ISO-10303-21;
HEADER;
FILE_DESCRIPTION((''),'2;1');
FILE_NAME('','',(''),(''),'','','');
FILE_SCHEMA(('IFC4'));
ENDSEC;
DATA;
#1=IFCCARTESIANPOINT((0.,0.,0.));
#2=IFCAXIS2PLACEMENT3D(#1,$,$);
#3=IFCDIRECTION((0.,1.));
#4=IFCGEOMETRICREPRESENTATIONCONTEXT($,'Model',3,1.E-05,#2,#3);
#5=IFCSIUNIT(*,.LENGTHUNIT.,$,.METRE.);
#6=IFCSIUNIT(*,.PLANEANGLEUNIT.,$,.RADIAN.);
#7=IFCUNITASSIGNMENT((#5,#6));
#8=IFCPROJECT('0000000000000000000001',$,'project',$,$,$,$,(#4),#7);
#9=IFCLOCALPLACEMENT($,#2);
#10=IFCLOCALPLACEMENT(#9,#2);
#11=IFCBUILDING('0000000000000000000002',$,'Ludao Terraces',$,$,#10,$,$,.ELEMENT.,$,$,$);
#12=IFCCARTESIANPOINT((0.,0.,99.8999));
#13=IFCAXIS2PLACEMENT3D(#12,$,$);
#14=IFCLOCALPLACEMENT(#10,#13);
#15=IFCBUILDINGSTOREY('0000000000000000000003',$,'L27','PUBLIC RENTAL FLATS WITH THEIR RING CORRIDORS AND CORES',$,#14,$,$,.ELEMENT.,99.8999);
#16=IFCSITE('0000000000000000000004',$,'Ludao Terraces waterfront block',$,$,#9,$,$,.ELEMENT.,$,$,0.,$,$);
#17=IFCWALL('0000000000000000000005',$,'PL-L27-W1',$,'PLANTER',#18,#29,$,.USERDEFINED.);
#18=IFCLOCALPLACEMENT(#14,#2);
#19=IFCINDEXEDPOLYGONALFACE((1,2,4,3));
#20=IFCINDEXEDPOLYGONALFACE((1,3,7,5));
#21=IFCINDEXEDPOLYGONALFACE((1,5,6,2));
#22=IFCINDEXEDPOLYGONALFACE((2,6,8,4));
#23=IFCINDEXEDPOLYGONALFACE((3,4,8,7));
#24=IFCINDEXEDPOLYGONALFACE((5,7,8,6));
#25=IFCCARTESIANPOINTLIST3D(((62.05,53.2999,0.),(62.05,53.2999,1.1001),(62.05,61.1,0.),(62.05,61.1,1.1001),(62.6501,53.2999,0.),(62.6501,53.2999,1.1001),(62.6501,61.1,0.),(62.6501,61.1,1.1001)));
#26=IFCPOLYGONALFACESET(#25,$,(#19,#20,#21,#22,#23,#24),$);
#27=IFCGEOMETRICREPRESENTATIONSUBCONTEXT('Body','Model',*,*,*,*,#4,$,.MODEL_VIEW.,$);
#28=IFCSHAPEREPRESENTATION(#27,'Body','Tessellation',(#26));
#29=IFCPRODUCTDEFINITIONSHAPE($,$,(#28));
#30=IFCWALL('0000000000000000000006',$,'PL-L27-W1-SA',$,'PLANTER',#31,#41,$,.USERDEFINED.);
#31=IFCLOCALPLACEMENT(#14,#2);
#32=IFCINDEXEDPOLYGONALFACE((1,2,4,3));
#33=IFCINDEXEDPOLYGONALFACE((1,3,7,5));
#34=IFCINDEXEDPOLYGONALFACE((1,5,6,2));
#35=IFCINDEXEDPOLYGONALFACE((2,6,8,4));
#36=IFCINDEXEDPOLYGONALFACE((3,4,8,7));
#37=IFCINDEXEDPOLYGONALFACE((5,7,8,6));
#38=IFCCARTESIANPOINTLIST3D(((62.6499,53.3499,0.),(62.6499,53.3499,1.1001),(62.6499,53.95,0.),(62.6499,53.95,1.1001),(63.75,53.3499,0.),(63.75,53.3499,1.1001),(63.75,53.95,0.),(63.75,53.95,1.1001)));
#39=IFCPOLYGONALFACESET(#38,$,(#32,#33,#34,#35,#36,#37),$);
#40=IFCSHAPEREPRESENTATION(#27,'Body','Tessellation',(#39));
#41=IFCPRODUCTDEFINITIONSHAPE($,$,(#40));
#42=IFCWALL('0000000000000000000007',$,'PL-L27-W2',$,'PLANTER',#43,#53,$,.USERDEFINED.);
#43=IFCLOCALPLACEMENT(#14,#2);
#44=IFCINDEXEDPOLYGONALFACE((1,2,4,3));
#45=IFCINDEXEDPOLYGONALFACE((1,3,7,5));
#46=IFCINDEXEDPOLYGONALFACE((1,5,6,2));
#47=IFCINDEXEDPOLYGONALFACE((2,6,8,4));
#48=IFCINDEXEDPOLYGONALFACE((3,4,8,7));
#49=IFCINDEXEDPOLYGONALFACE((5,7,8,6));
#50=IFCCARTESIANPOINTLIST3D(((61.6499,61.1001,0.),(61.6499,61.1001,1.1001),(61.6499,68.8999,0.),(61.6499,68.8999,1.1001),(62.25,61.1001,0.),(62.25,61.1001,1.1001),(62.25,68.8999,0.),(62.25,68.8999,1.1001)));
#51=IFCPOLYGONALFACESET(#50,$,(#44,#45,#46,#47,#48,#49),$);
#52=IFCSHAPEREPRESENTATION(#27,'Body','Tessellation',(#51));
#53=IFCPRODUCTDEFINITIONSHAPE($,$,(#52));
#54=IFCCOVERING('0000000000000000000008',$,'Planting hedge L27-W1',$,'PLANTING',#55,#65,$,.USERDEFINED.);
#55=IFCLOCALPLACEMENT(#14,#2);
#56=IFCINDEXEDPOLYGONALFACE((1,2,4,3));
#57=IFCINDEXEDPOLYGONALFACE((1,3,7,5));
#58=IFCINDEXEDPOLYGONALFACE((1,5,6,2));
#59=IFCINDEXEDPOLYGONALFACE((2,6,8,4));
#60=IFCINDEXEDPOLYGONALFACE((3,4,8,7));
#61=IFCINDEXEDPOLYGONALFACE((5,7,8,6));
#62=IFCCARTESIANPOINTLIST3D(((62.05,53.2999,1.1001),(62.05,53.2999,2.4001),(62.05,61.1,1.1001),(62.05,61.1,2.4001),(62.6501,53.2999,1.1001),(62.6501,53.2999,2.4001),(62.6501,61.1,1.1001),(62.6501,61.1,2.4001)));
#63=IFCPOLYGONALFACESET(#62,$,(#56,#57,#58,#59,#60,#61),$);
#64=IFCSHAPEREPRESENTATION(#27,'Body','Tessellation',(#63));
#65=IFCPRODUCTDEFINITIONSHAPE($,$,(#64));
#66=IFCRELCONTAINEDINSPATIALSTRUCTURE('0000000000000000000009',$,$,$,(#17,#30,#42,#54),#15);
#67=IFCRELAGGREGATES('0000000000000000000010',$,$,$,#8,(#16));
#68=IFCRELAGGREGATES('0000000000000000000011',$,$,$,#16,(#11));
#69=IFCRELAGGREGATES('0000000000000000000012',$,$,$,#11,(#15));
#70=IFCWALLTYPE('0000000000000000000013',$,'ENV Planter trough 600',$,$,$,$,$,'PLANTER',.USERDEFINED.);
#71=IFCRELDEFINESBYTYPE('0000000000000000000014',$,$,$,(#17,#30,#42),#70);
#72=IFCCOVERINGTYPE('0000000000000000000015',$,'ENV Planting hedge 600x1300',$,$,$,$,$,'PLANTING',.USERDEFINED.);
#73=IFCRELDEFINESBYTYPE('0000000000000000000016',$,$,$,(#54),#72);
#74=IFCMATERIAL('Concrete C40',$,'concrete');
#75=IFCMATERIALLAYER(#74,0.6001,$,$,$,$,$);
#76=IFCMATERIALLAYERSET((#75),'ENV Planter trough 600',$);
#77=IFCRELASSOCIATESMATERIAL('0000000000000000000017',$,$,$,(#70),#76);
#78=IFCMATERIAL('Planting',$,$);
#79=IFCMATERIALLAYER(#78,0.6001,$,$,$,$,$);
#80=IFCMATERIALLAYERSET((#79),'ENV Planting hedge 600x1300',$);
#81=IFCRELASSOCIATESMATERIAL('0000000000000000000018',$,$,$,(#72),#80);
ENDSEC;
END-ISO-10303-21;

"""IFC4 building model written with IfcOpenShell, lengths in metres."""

from ifc_helpers import new_model, si_unit, direction, frame, frame_2d, origin, origin_2d, place, context, subcontext, project, spatial, rectangle, extrude, material, layer, layer_set, type_object, element, save


model = new_model("IFC4")

# Units and contexts
model_context = context("Model", 3, precision=1e-05, world=origin(), true_north=direction((0.0, 1.0)))
body_context = subcontext(model_context, "Body", "Model", "MODEL_VIEW")
ifc_project = project(units=[si_unit("LENGTHUNIT", "METRE"), si_unit("PLANEANGLEUNIT", "RADIAN")], contexts=[model_context])

# Site, building, storey
site_placement = place(None, origin())
site = spatial("IfcSite", under=ifc_project, at=site_placement, Name="Ludao Terraces waterfront block", CompositionType="ELEMENT", RefElevation=0.0)
building_placement = place(site_placement, origin())
building = spatial("IfcBuilding", under=site, at=building_placement, Name="Ludao Terraces", CompositionType="ELEMENT")
storey_placement = place(building_placement, frame((0.0, 0.0, 99.8999)))
storey = spatial("IfcBuildingStorey", under=building, at=storey_placement, Name="L27", Description="PUBLIC RENTAL FLATS WITH THEIR RING CORRIDORS AND CORES", CompositionType="ELEMENT", Elevation=99.8999)

# Shared definitions
ifc_material_1 = material(Name="Concrete C40", Category="concrete")

# Walls
ifc_layer_1 = layer(ifc_material_1, 0.6001)
ifc_layer_set_1 = layer_set([ifc_layer_1], Name="ENV Planter trough 600")
wall_type = type_object("IfcWallType", Name="ENV Planter trough 600", ElementType="PLANTER", PredefinedType="USERDEFINED", material=ifc_layer_set_1)
wall_1_placement = place(storey_placement, frame((62.3501, 53.3, 0.0), z_axis=(0.0, 0.0, 1.0), x_axis=(0.0, 1.0, 0.0)))
element("IfcWall", 1, at=wall_1_placement, inside=storey, type_object=wall_type, Name="PL-L27-W1", ObjectType="PLANTER", PredefinedType="USERDEFINED", context=body_context, shape_type="SweptSolid", body=[
    extrude(rectangle(XDim=7.8, YDim=0.6001, at=frame_2d((3.8999, 0.0))), origin(), (0.0, 0.0, 1.0), 1.1001),
])
wall_2_placement = place(storey_placement, frame((62.6499, 53.6499, 0.0), z_axis=(0.0, 0.0, 1.0), x_axis=(1.0, 0.0, 0.0)))
element("IfcWall", 2, at=wall_2_placement, inside=storey, type_object=wall_type, Name="PL-L27-W1-SA", ObjectType="PLANTER", PredefinedType="USERDEFINED", context=body_context, shape_type="SweptSolid", body=[
    extrude(rectangle(XDim=1.1001, YDim=0.6001, at=frame_2d((0.55, 0.0))), origin(), (0.0, 0.0, 1.0), 1.1001),
])
wall_3_placement = place(storey_placement, frame((61.95, 61.1001, 0.0), z_axis=(0.0, 0.0, 1.0), x_axis=(0.0, 1.0, 0.0)))
element("IfcWall", 3, at=wall_3_placement, inside=storey, type_object=wall_type, Name="PL-L27-W2", ObjectType="PLANTER", PredefinedType="USERDEFINED", context=body_context, shape_type="SweptSolid", body=[
    extrude(rectangle(XDim=7.7998, YDim=0.6001, at=frame_2d((3.8999, 0.0))), origin(), (0.0, 0.0, 1.0), 1.1001),
])

# Covering
ifc_material_2 = material(Name="Planting")
ifc_layer_2 = layer(ifc_material_2, 0.6001)
ifc_layer_set_2 = layer_set([ifc_layer_2], Name="ENV Planting hedge 600x1300")
covering_type = type_object("IfcCoveringType", Name="ENV Planting hedge 600x1300", ElementType="PLANTING", PredefinedType="USERDEFINED", material=ifc_layer_set_2)
covering_placement = place(storey_placement, frame((62.3501, 57.2, 1.1001), z_axis=(0.0, 0.0, 1.0), x_axis=(1.0, 0.0, 0.0)))
element("IfcCovering", 4, at=covering_placement, inside=storey, type_object=covering_type, Name="Planting hedge L27-W1", ObjectType="PLANTING", PredefinedType="USERDEFINED", context=body_context, shape_type="SweptSolid", body=[
    extrude(rectangle(XDim=0.6001, YDim=7.8, at=origin_2d()), origin(), (0.0, 0.0, 1.0), 1.3),
])

save(model, "model.ifc")
